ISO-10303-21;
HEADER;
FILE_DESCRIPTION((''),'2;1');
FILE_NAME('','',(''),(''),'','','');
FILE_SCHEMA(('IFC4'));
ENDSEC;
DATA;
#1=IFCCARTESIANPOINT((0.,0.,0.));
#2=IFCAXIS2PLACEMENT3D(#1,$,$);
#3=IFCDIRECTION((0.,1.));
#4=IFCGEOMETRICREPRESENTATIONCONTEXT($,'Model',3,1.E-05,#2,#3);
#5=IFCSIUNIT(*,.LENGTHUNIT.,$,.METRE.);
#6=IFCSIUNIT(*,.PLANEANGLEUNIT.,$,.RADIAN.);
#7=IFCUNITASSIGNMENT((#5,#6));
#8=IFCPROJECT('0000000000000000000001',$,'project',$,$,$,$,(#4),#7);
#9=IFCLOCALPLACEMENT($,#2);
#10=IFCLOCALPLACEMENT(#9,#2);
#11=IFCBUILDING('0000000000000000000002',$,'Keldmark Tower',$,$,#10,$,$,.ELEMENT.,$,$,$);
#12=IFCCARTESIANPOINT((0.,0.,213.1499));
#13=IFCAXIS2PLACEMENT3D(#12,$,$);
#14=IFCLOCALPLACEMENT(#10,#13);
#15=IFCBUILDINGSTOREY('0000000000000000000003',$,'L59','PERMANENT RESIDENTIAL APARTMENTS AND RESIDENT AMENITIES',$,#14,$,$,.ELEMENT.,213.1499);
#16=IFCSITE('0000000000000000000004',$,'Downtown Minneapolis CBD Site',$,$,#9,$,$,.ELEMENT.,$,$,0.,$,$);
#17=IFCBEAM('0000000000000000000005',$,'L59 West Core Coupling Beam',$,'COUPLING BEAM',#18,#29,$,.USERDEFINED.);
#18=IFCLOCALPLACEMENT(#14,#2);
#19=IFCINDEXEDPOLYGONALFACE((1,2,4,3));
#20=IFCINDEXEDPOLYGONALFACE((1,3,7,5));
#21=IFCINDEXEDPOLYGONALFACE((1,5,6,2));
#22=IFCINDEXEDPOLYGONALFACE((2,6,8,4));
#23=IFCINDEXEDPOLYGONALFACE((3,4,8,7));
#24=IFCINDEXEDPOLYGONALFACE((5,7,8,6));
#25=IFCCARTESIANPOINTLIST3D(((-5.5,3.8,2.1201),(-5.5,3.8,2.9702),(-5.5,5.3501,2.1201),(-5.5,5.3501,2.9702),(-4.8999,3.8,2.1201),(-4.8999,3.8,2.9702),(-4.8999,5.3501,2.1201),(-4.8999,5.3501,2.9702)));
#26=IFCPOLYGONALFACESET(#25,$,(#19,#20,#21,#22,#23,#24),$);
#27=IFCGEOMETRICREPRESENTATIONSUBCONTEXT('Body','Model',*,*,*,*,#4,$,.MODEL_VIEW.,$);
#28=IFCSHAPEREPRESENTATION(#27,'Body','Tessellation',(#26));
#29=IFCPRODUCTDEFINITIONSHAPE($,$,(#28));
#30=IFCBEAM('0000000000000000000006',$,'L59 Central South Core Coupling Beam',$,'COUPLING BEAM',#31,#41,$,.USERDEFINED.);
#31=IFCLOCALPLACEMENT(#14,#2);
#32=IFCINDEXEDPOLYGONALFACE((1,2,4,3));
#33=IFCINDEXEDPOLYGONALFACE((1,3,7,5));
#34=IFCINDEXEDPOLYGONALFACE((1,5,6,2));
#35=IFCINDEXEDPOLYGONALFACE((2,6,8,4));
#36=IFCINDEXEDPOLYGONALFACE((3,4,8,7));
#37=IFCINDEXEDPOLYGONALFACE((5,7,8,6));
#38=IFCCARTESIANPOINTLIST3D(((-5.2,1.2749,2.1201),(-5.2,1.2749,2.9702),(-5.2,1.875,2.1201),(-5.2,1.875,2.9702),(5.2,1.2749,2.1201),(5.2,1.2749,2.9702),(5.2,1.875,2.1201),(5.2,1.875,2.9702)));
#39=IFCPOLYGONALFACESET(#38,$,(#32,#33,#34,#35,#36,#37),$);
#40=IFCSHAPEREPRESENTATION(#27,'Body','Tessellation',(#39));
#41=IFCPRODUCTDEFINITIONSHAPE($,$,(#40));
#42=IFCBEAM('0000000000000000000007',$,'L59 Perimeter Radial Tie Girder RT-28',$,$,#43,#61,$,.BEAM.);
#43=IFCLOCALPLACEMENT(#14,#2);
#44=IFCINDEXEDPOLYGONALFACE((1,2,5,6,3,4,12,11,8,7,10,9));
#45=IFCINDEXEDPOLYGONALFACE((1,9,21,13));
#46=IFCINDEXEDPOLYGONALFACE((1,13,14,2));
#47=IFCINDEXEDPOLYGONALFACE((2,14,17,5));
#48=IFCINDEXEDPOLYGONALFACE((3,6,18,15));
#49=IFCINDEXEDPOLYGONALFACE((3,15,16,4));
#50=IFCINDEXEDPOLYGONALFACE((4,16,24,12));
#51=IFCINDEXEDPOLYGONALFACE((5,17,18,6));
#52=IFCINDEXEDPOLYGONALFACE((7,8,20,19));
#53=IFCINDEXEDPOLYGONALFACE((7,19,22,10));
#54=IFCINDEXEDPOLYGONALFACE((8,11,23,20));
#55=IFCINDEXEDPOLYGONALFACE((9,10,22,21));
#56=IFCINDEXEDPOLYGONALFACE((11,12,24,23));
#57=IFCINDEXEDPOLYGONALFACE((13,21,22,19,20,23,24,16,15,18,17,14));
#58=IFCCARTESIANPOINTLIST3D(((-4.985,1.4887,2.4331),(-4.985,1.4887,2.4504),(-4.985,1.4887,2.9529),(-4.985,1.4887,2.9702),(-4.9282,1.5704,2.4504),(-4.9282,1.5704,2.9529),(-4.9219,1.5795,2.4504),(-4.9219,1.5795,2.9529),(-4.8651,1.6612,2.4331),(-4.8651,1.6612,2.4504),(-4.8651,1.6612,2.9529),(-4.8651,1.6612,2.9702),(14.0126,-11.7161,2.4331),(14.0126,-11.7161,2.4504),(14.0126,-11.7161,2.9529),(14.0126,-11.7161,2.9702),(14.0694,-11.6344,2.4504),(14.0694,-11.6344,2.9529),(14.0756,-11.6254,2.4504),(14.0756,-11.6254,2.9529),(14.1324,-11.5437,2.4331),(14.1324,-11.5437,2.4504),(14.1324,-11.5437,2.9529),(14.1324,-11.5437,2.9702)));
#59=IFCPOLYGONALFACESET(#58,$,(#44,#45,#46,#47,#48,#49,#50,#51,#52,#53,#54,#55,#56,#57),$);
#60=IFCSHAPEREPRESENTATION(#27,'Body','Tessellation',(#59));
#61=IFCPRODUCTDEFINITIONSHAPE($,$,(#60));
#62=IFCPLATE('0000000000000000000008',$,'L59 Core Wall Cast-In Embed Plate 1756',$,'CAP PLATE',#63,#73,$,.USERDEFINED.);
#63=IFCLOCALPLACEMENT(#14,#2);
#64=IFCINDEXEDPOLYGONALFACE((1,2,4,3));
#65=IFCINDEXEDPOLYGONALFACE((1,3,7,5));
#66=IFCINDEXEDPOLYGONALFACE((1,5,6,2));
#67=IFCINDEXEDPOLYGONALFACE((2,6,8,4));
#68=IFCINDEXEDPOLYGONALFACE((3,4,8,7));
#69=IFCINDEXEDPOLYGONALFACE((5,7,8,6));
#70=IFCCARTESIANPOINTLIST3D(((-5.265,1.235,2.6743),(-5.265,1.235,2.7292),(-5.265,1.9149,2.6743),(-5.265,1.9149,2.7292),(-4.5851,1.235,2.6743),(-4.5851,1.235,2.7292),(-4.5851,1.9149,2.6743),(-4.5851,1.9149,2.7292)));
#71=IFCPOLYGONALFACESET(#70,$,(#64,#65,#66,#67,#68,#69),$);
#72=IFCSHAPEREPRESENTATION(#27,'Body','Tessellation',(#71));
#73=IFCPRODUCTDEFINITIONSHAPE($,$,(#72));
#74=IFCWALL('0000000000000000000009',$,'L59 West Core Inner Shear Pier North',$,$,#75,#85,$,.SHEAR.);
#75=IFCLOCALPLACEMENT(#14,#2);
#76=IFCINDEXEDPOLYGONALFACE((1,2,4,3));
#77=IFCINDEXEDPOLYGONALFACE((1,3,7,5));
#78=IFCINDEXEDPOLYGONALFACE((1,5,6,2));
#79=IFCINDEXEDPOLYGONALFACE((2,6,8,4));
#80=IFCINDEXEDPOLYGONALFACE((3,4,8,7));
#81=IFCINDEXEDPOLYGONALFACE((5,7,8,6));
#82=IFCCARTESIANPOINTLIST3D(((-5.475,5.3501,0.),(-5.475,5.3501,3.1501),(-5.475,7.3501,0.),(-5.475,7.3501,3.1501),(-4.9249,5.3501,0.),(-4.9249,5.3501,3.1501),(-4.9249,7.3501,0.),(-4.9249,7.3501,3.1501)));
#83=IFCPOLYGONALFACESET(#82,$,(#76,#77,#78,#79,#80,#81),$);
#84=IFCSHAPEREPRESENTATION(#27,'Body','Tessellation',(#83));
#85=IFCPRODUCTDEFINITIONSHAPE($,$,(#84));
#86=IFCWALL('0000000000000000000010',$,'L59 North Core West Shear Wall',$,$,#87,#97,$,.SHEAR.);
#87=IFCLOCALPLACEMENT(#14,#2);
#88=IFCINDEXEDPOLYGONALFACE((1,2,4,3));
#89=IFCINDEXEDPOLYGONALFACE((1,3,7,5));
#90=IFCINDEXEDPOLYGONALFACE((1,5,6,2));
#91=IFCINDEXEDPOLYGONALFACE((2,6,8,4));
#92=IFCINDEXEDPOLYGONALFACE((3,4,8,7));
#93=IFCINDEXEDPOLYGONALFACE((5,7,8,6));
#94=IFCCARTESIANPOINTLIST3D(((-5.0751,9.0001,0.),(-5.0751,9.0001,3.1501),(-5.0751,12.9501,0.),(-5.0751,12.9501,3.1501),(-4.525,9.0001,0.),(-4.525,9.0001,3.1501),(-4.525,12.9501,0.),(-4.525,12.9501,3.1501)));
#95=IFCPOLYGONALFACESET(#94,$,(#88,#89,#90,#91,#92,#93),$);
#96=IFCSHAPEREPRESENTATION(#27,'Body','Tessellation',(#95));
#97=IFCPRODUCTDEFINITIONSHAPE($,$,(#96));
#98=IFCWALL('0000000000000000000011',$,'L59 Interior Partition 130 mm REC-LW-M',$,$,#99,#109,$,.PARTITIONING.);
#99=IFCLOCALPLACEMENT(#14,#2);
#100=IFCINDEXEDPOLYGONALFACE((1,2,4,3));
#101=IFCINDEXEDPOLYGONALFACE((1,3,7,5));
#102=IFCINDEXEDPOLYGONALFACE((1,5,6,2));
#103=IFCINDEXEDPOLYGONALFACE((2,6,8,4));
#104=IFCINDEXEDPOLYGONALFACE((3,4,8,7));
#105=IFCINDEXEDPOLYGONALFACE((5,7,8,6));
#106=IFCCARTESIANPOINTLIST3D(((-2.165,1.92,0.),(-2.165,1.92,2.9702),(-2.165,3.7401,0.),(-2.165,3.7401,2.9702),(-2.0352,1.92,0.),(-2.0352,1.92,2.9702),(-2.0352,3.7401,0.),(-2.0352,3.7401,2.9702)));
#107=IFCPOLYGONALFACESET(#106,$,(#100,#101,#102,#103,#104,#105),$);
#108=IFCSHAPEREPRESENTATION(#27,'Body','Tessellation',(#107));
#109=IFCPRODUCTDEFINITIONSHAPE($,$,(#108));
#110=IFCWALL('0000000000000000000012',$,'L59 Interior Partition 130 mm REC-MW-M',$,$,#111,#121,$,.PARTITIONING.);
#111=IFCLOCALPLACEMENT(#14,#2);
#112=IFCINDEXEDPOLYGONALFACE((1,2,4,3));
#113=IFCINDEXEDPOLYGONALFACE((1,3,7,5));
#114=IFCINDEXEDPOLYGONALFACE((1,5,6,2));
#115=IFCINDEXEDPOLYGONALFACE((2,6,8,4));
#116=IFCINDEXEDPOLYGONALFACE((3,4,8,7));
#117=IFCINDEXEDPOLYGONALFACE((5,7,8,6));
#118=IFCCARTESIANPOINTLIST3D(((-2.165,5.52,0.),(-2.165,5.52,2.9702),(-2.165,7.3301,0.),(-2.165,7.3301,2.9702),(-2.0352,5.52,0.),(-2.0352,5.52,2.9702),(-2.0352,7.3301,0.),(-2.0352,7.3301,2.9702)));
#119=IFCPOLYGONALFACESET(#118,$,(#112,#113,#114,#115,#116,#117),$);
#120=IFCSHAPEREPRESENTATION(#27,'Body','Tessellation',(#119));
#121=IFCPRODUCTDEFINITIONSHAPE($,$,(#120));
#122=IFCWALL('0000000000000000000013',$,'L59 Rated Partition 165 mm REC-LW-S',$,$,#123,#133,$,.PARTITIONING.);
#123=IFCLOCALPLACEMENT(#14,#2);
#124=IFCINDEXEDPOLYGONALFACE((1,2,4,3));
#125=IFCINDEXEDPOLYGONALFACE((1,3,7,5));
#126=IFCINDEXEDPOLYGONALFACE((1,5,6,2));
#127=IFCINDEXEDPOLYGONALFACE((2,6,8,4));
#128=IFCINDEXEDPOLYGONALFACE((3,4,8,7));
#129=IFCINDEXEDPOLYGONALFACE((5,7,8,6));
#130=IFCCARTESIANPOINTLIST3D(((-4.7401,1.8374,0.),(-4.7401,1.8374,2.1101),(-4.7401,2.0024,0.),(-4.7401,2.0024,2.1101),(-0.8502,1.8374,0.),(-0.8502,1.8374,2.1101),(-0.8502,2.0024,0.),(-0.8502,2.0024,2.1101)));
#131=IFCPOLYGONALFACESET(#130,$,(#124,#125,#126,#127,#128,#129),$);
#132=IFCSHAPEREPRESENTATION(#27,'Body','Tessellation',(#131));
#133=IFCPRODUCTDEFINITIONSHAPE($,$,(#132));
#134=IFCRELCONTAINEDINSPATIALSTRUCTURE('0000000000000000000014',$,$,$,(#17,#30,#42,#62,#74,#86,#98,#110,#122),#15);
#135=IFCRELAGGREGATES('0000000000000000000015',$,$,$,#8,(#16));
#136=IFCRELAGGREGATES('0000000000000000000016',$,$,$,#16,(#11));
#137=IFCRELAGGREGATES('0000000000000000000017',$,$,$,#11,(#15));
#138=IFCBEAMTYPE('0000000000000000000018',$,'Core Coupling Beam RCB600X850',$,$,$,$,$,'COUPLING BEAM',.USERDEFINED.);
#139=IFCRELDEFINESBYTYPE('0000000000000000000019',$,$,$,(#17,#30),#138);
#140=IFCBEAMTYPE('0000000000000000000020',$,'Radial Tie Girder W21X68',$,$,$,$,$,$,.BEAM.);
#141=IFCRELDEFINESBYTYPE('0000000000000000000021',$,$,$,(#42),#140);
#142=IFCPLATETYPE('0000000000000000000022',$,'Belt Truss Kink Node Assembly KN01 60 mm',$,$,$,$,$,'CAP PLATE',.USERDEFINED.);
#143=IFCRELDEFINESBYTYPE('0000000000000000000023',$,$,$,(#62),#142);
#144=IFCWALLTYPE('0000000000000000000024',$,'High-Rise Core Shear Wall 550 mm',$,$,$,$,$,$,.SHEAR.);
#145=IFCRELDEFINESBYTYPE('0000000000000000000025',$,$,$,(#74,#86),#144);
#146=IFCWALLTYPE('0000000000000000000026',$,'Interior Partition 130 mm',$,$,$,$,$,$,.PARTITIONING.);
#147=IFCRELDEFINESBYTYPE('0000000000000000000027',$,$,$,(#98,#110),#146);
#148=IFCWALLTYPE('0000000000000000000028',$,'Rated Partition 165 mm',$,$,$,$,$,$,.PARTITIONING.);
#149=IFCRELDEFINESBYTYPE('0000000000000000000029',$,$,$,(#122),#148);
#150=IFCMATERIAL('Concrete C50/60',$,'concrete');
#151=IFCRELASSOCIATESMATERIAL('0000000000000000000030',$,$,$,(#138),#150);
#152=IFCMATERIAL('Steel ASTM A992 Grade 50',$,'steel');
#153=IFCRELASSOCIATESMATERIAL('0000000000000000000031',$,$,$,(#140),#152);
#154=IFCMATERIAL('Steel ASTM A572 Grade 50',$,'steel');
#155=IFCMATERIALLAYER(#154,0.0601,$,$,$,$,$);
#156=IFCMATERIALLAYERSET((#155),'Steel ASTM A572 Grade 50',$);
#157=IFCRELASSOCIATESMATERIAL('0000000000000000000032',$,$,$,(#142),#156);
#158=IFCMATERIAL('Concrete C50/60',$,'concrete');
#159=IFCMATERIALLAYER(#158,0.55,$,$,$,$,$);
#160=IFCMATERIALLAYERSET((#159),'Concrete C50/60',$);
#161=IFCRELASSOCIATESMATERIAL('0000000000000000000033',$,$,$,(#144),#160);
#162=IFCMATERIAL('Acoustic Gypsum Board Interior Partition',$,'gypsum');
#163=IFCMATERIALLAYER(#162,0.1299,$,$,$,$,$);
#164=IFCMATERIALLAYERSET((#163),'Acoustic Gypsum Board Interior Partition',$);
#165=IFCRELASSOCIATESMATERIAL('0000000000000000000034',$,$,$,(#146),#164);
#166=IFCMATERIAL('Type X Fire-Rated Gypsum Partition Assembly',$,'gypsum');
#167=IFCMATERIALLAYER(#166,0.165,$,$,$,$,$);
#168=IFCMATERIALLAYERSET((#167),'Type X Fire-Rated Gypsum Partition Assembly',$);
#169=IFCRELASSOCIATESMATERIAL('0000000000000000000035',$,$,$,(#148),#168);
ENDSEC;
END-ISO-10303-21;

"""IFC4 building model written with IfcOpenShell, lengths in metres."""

from ifc_helpers import new_model, si_unit, direction, frame, frame_2d, origin, origin_2d, place, context, subcontext, project, spatial, rectangle, i_section, extrude, material, layer, layer_set, material_profile, profile_set, type_object, element, save


model = new_model("IFC4")

# Units and contexts
model_context = context("Model", 3, precision=1e-05, world=origin(), true_north=direction((0.0, 1.0)))
body_context = subcontext(model_context, "Body", "Model", "MODEL_VIEW")
ifc_project = project(units=[si_unit("LENGTHUNIT", "METRE"), si_unit("PLANEANGLEUNIT", "RADIAN")], contexts=[model_context])

# Site, building, storey
site_placement = place(None, origin())
site = spatial("IfcSite", under=ifc_project, at=site_placement, Name="Downtown Minneapolis CBD Site", CompositionType="ELEMENT", RefElevation=0.0)
building_placement = place(site_placement, origin())
building = spatial("IfcBuilding", under=site, at=building_placement, Name="Keldmark Tower", CompositionType="ELEMENT")
storey_placement = place(building_placement, frame((0.0, 0.0, 213.1499)))
storey = spatial("IfcBuildingStorey", under=building, at=storey_placement, Name="L59", Description="PERMANENT RESIDENTIAL APARTMENTS AND RESIDENT AMENITIES", CompositionType="ELEMENT", Elevation=213.1499)

# Beams
ifc_material_1 = material(Name="Concrete C50/60", Category="concrete")
ifc_material_profile_1 = material_profile(ifc_material_1, rectangle(XDim=0.6001, YDim=0.8501, at=origin_2d()), Name="RCB600X850")
ifc_profile_set_1 = profile_set([ifc_material_profile_1], Name="Concrete C50/60")
beam_type_1 = type_object("IfcBeamType", Name="Core Coupling Beam RCB600X850", ElementType="COUPLING BEAM", PredefinedType="USERDEFINED", material=ifc_profile_set_1)
beam_1_placement = place(storey_placement, frame((-5.2, 3.8, 2.5452), z_axis=(0.0, 1.0, 0.0), x_axis=(-1.0, 0.0, 0.0)))
element("IfcBeam", 1, at=beam_1_placement, inside=storey, type_object=beam_type_1, Name="L59 West Core Coupling Beam", ObjectType="COUPLING BEAM", PredefinedType="USERDEFINED", context=body_context, shape_type="SweptSolid", body=[
    extrude(rectangle(XDim=0.6001, YDim=0.8501, at=origin_2d()), origin(), (0.0, 0.0, 1.0), 1.55),
])
beam_2_placement = place(storey_placement, frame((-5.2, 1.575, 2.5452), z_axis=(1.0, 0.0, 0.0), x_axis=(0.0, 1.0, 0.0)))
element("IfcBeam", 2, at=beam_2_placement, inside=storey, type_object=beam_type_1, Name="L59 Central South Core Coupling Beam", ObjectType="COUPLING BEAM", PredefinedType="USERDEFINED", context=body_context, shape_type="SweptSolid", body=[
    extrude(rectangle(XDim=0.6001, YDim=0.8501, at=origin_2d()), origin(), (0.0, 0.0, 1.0), 10.3999),
])
ifc_material_2 = material(Name="Steel ASTM A992 Grade 50", Category="steel")
ifc_material_profile_2 = material_profile(ifc_material_2, i_section(OverallWidth=0.21, OverallDepth=0.5371, WebThickness=0.011, FlangeThickness=0.0173, at=origin_2d()), Name="W21X68")
ifc_profile_set_2 = profile_set([ifc_material_profile_2], Name="Steel ASTM A992 Grade 50")
beam_type_2 = type_object("IfcBeamType", Name="Radial Tie Girder W21X68", PredefinedType="BEAM", material=ifc_profile_set_2)
beam_3_placement = place(storey_placement, frame((-4.925, 1.575, 2.7017), z_axis=(0.821125, -0.570748, 0.0), x_axis=(0.570748, 0.821125, 0.0)))
element("IfcBeam", 3, at=beam_3_placement, inside=storey, type_object=beam_type_2, Name="L59 Perimeter Radial Tie Girder RT-28", PredefinedType="BEAM", context=body_context, shape_type="SweptSolid", body=[
    extrude(i_section(OverallWidth=0.21, OverallDepth=0.5371, WebThickness=0.011, FlangeThickness=0.0173, at=origin_2d()), origin(), (0.0, 0.0, 1.0), 23.136),
])

# Plate
ifc_material_3 = material(Name="Steel ASTM A572 Grade 50", Category="steel")
ifc_layer_1 = layer(ifc_material_3, 0.0601)
ifc_layer_set_1 = layer_set([ifc_layer_1], Name="Steel ASTM A572 Grade 50")
plate_type = type_object("IfcPlateType", Name="Belt Truss Kink Node Assembly KN01 60 mm", ElementType="CAP PLATE", PredefinedType="USERDEFINED", material=ifc_layer_set_1)
plate_placement = place(storey_placement, frame((-4.925, 1.575, 2.6743), z_axis=(0.0, 0.0, 1.0), x_axis=(1.0, 0.0, 0.0)))
element("IfcPlate", 4, at=plate_placement, inside=storey, type_object=plate_type, Name="L59 Core Wall Cast-In Embed Plate 1756", ObjectType="CAP PLATE", PredefinedType="USERDEFINED", context=body_context, shape_type="SweptSolid", body=[
    extrude(rectangle(XDim=0.6799, YDim=0.6799, at=origin_2d()), origin(), (0.0, 0.0, 1.0), 0.0549),
])

# Shared definitions
ifc_material_4 = material(Name="Concrete C50/60", Category="concrete")
ifc_layer_2 = layer(ifc_material_4, 0.55)
ifc_layer_set_2 = layer_set([ifc_layer_2], Name="Concrete C50/60")
wall_type_1 = type_object("IfcWallType", Name="High-Rise Core Shear Wall 550 mm", PredefinedType="SHEAR", material=ifc_layer_set_2)

# Walls
wall_1_placement = place(storey_placement, frame((-5.2, 5.3501, 0.0), z_axis=(0.0, 0.0, 1.0), x_axis=(0.0, 1.0, 0.0)))
element("IfcWall", 5, at=wall_1_placement, inside=storey, type_object=wall_type_1, Name="L59 West Core Inner Shear Pier North", PredefinedType="SHEAR", context=body_context, shape_type="SweptSolid", body=[
    extrude(rectangle(XDim=2.0, YDim=0.55, at=frame_2d((1.0, 0.0))), origin(), (0.0, 0.0, 1.0), 3.1501),
])
wall_2_placement = place(storey_placement, frame((-4.8, 9.0, 0.0), z_axis=(0.0, 0.0, 1.0), x_axis=(0.0, 1.0, 0.0)))
element("IfcWall", 6, at=wall_2_placement, inside=storey, type_object=wall_type_1, Name="L59 North Core West Shear Wall", PredefinedType="SHEAR", context=body_context, shape_type="SweptSolid", body=[
    extrude(rectangle(XDim=3.95, YDim=0.55, at=frame_2d((1.9751, 0.0))), origin(), (0.0, 0.0, 1.0), 3.1501),
])
ifc_material_5 = material(Name="Acoustic Gypsum Board Interior Partition", Category="gypsum")
ifc_layer_3 = layer(ifc_material_5, 0.1299)
ifc_layer_set_3 = layer_set([ifc_layer_3], Name="Acoustic Gypsum Board Interior Partition")
wall_type_2 = type_object("IfcWallType", Name="Interior Partition 130 mm", PredefinedType="PARTITIONING", material=ifc_layer_set_3)
wall_3_placement = place(storey_placement, frame((-2.1001, 1.9199, 0.0), z_axis=(0.0, 0.0, 1.0), x_axis=(0.0, 1.0, 0.0)))
element("IfcWall", 7, at=wall_3_placement, inside=storey, type_object=wall_type_2, Name="L59 Interior Partition 130 mm REC-LW-M", PredefinedType="PARTITIONING", context=body_context, shape_type="SweptSolid", body=[
    extrude(rectangle(XDim=1.8201, YDim=0.1299, at=frame_2d((0.9102, 0.0))), origin(), (0.0, 0.0, 1.0), 2.9702),
])
wall_4_placement = place(storey_placement, frame((-2.1001, 5.52, 0.0), z_axis=(0.0, 0.0, 1.0), x_axis=(0.0, 1.0, 0.0)))
element("IfcWall", 8, at=wall_4_placement, inside=storey, type_object=wall_type_2, Name="L59 Interior Partition 130 mm REC-MW-M", PredefinedType="PARTITIONING", context=body_context, shape_type="SweptSolid", body=[
    extrude(rectangle(XDim=1.8101, YDim=0.1299, at=frame_2d((0.905, 0.0))), origin(), (0.0, 0.0, 1.0), 2.9702),
])
ifc_material_6 = material(Name="Type X Fire-Rated Gypsum Partition Assembly", Category="gypsum")
ifc_layer_4 = layer(ifc_material_6, 0.165)
ifc_layer_set_4 = layer_set([ifc_layer_4], Name="Type X Fire-Rated Gypsum Partition Assembly")
wall_type_3 = type_object("IfcWallType", Name="Rated Partition 165 mm", PredefinedType="PARTITIONING", material=ifc_layer_set_4)
wall_5_placement = place(storey_placement, frame((-4.74, 1.9199, 0.0), z_axis=(0.0, 0.0, 1.0), x_axis=(1.0, 0.0, 0.0)))
element("IfcWall", 9, at=wall_5_placement, inside=storey, type_object=wall_type_3, Name="L59 Rated Partition 165 mm REC-LW-S", PredefinedType="PARTITIONING", context=body_context, shape_type="SweptSolid", body=[
    extrude(rectangle(XDim=3.8899, YDim=0.165, at=frame_2d((1.9448, 0.0))), origin(), (0.0, 0.0, 1.0), 2.1101),
])

save(model, "model.ifc")
